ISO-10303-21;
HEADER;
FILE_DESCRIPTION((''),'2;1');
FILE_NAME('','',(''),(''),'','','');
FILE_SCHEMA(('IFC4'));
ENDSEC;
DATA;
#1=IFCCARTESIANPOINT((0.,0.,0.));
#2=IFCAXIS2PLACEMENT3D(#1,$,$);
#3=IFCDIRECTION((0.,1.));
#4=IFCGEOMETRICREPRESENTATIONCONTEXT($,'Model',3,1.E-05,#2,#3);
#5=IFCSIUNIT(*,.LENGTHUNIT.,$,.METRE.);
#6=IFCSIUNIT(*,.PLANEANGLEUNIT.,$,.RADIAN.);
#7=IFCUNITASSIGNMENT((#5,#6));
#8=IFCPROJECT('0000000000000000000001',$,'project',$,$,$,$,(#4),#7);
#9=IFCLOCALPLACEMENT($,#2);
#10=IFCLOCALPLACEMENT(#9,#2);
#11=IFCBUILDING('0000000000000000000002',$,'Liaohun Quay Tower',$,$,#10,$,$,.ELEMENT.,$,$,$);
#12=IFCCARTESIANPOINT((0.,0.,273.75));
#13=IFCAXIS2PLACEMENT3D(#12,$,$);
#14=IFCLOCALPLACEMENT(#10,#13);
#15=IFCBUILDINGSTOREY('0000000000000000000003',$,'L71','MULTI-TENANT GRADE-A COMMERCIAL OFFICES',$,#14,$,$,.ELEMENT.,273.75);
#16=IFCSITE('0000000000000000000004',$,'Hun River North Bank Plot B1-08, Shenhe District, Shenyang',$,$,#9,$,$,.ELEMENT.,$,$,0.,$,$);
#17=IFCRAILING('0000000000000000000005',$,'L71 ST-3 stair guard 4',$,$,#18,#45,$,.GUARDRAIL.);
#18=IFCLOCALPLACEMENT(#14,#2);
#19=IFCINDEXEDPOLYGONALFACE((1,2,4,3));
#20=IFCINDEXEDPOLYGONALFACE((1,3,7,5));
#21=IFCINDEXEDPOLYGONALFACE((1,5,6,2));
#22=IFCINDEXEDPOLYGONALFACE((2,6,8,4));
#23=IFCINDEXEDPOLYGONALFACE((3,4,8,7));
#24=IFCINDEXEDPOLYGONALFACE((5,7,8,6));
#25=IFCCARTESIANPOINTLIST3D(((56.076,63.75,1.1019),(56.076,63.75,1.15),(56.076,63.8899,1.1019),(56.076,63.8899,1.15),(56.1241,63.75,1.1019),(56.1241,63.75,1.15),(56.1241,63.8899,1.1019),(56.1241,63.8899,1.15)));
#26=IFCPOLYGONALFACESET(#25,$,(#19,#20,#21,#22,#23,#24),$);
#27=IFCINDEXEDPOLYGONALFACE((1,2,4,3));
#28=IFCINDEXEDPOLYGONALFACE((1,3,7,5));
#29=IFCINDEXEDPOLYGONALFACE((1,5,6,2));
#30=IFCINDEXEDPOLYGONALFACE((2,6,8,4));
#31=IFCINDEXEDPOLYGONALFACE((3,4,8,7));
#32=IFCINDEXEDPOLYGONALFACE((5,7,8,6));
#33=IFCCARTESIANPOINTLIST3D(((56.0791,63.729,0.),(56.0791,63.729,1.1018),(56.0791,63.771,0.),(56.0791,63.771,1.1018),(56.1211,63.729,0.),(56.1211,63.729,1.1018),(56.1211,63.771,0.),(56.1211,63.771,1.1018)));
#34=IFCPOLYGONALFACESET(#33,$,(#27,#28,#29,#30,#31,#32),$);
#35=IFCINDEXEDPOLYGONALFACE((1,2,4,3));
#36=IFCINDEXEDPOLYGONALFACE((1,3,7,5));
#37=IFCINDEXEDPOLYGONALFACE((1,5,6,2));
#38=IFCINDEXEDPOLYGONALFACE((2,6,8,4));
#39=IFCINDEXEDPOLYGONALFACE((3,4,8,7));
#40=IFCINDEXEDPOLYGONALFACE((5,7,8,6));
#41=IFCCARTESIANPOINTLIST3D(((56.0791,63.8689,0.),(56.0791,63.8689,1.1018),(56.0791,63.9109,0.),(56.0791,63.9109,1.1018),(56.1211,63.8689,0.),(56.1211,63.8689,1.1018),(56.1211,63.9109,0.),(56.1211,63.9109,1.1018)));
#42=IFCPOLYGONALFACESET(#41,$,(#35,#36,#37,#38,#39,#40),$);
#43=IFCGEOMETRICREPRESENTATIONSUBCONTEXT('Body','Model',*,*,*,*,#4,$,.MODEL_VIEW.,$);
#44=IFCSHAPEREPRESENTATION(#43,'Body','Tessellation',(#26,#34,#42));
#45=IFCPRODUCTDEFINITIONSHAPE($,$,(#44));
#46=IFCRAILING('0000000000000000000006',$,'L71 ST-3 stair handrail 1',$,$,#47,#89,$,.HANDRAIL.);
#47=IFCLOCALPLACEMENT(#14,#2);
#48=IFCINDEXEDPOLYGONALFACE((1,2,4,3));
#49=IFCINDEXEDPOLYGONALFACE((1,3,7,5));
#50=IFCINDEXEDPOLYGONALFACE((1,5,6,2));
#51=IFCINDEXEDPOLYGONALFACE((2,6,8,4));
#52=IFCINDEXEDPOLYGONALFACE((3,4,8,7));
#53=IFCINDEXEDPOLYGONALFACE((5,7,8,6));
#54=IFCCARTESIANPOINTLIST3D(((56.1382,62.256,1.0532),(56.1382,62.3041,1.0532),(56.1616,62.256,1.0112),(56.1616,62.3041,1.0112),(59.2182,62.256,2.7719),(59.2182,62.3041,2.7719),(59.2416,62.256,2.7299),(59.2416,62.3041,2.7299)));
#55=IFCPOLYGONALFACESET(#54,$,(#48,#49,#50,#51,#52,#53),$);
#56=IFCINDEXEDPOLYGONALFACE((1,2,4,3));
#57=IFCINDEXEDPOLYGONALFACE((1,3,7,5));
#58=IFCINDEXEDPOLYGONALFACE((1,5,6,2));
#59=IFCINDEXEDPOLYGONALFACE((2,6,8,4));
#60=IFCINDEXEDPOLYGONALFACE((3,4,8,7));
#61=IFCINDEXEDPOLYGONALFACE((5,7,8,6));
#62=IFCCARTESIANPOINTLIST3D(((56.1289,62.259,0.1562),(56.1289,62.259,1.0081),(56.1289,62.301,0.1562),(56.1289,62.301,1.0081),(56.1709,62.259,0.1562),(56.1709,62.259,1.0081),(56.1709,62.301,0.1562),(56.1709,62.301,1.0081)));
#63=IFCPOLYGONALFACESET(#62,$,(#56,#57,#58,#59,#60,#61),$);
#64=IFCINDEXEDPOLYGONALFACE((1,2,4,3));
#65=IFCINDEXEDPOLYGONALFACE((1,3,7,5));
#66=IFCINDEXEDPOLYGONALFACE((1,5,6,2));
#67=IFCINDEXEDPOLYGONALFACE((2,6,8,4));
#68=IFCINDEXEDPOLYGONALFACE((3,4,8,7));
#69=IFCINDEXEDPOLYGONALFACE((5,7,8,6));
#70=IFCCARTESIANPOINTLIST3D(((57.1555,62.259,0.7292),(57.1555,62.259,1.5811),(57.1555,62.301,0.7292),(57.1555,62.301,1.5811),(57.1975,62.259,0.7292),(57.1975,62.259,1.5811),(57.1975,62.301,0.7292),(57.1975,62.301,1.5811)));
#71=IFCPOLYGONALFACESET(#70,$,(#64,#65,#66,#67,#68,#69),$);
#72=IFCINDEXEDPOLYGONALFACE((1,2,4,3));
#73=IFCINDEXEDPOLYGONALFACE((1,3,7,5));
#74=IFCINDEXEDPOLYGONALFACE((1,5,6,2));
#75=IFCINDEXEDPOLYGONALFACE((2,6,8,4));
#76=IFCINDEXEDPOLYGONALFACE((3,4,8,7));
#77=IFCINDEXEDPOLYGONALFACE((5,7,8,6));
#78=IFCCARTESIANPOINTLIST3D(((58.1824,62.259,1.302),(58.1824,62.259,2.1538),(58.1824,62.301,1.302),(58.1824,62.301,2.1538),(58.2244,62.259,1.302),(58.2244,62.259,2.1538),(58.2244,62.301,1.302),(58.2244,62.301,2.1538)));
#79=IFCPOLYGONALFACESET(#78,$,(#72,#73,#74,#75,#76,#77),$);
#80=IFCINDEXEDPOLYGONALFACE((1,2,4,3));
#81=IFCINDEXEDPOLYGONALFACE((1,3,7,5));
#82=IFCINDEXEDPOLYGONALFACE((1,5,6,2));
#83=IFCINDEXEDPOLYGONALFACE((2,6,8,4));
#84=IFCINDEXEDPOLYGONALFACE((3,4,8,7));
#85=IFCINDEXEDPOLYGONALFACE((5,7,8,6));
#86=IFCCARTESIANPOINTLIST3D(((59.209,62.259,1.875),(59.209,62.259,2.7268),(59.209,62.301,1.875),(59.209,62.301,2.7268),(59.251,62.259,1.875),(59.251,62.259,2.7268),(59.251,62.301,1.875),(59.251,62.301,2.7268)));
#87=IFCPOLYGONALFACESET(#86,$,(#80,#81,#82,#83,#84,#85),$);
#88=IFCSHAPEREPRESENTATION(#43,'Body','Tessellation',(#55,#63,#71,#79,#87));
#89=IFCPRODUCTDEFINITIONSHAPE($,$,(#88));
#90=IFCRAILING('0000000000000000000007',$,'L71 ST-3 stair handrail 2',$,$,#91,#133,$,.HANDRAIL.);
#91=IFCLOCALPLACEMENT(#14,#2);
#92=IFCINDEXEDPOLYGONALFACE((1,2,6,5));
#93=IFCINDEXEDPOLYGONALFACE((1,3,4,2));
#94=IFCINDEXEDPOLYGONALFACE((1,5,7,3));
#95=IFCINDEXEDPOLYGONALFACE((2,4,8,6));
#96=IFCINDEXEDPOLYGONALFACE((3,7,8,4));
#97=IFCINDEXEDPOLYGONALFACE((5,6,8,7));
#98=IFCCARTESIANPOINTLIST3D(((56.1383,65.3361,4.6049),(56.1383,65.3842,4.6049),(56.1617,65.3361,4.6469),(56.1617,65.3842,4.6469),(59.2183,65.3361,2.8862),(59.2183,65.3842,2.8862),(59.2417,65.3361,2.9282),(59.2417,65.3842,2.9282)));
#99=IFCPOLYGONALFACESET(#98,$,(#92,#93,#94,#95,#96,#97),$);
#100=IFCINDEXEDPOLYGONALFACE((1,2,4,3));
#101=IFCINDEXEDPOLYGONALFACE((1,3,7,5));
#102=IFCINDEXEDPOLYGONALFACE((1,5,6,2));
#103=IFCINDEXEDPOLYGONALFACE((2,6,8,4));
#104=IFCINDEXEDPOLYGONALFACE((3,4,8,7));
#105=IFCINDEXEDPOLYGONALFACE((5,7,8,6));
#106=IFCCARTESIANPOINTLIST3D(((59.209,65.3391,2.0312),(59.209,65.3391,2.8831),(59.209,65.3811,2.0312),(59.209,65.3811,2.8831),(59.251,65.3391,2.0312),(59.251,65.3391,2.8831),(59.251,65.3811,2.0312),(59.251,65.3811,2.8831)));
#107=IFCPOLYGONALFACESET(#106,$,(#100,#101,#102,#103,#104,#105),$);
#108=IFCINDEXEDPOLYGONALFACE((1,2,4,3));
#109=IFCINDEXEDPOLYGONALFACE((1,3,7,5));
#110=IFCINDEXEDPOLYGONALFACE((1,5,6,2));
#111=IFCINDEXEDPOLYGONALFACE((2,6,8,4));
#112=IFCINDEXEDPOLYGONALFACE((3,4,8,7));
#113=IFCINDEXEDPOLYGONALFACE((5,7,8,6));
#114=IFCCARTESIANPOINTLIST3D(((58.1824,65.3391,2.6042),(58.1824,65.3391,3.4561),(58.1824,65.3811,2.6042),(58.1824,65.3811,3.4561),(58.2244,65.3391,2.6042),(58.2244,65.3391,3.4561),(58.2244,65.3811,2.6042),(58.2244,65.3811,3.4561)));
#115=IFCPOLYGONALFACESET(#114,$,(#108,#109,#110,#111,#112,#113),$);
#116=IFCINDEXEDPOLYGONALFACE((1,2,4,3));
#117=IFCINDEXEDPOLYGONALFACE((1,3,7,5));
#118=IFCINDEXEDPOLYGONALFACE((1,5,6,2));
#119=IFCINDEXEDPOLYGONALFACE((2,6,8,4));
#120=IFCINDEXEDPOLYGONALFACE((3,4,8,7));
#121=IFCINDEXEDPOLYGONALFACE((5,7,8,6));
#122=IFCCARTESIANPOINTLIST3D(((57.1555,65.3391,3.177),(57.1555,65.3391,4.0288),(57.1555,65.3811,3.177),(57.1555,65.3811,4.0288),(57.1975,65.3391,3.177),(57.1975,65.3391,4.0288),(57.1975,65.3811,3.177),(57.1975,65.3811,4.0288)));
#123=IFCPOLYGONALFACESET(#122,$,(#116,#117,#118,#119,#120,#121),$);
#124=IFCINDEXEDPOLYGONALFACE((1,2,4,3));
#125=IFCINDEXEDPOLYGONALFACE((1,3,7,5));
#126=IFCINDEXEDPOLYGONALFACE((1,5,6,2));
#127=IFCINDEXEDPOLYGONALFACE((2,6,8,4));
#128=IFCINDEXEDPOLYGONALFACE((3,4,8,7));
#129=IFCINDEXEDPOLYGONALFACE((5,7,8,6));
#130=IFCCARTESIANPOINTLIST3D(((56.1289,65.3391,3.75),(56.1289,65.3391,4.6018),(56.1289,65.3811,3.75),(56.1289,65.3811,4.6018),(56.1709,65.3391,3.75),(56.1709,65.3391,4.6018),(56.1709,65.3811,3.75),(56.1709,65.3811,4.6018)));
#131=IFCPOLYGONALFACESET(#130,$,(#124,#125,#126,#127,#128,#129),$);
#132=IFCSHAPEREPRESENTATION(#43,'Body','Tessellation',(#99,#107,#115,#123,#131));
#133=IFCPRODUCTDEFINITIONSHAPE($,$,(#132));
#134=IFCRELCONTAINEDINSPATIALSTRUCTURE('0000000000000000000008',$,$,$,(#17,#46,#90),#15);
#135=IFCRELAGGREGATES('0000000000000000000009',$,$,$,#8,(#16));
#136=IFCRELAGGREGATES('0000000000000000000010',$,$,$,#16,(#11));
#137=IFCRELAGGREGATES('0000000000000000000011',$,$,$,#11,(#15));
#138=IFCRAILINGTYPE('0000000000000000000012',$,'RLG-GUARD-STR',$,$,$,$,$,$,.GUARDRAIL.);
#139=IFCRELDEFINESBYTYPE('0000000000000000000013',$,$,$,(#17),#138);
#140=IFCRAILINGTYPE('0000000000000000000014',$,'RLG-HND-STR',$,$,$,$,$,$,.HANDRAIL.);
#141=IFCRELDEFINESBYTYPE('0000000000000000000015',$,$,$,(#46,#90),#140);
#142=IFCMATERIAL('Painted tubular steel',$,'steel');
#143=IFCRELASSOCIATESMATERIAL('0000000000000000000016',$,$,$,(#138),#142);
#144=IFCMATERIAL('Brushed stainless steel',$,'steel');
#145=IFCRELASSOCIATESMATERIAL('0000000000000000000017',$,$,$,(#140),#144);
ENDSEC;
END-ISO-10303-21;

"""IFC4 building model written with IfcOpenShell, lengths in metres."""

from ifc_helpers import new_model, si_unit, direction, frame, origin, origin_2d, place, context, subcontext, project, spatial, rectangle, extrude, material, type_object, element, save


model = new_model("IFC4")

# Units and contexts
model_context = context("Model", 3, precision=1e-05, world=origin(), true_north=direction((0.0, 1.0)))
body_context = subcontext(model_context, "Body", "Model", "MODEL_VIEW")
ifc_project = project(units=[si_unit("LENGTHUNIT", "METRE"), si_unit("PLANEANGLEUNIT", "RADIAN")], contexts=[model_context])

# Site, building, storey
site_placement = place(None, origin())
site = spatial("IfcSite", under=ifc_project, at=site_placement, Name="Hun River North Bank Plot B1-08, Shenhe District, Shenyang", CompositionType="ELEMENT", RefElevation=0.0)
building_placement = place(site_placement, origin())
building = spatial("IfcBuilding", under=site, at=building_placement, Name="Liaohun Quay Tower", CompositionType="ELEMENT")
storey_placement = place(building_placement, frame((0.0, 0.0, 273.75)))
storey = spatial("IfcBuildingStorey", under=building, at=storey_placement, Name="L71", Description="MULTI-TENANT GRADE-A COMMERCIAL OFFICES", CompositionType="ELEMENT", Elevation=273.75)

# Railings
ifc_material_1 = material(Name="Painted tubular steel", Category="steel")
railing_type_1 = type_object("IfcRailingType", Name="RLG-GUARD-STR", PredefinedType="GUARDRAIL", material=ifc_material_1)
railing_1_placement = place(storey_placement, frame((56.1001, 63.75, 0.0)))
element("IfcRailing", 1, at=railing_1_placement, inside=storey, type_object=railing_type_1, Name="L71 ST-3 stair guard 4", PredefinedType="GUARDRAIL", context=body_context, shape_type="SweptSolid", body=[
    extrude(rectangle(XDim=0.0481, YDim=0.0481, at=origin_2d()), frame((0.0, 0.0, 1.126), z_axis=(0.0, 1.0, 0.0), x_axis=(-1.0, 0.0, 0.0)), (0.0, 0.0, 1.0), 0.1399),
    extrude(rectangle(XDim=0.042, YDim=0.042, at=origin_2d()), origin(), (0.0, 0.0, 1.0), 1.1018),
    extrude(rectangle(XDim=0.042, YDim=0.042, at=origin_2d()), frame((0.0, 0.1399, 0.0)), (0.0, 0.0, 1.0), 1.1018),
])
ifc_material_2 = material(Name="Brushed stainless steel", Category="steel")
railing_type_2 = type_object("IfcRailingType", Name="RLG-HND-STR", PredefinedType="HANDRAIL", material=ifc_material_2)
railing_2_placement = place(storey_placement, frame((56.1499, 62.28, 0.1562)))
element("IfcRailing", 2, at=railing_2_placement, inside=storey, type_object=railing_type_2, Name="L71 ST-3 stair handrail 1", PredefinedType="HANDRAIL", context=body_context, shape_type="SweptSolid", body=[
    extrude(rectangle(XDim=0.0481, YDim=0.0481, at=origin_2d()), frame((0.0, 0.0, 0.876), z_axis=(0.873242, 0.0, 0.487288), x_axis=(0.0, 1.0, 0.0)), (0.0, 0.0, 1.0), 3.5271),
    extrude(rectangle(XDim=0.042, YDim=0.042, at=origin_2d()), origin(), (0.0, 0.0, 1.0), 0.8518),
    extrude(rectangle(XDim=0.042, YDim=0.042, at=origin_2d()), frame((1.0266, 0.0, 0.573)), (0.0, 0.0, 1.0), 0.8518),
    extrude(rectangle(XDim=0.042, YDim=0.042, at=origin_2d()), frame((2.0535, 0.0, 1.1458)), (0.0, 0.0, 1.0), 0.8518),
    extrude(rectangle(XDim=0.042, YDim=0.042, at=origin_2d()), frame((3.0801, 0.0, 1.7188)), (0.0, 0.0, 1.0), 0.8518),
])
railing_3_placement = place(storey_placement, frame((59.23, 65.3601, 2.0312)))
element("IfcRailing", 3, at=railing_3_placement, inside=storey, type_object=railing_type_2, Name="L71 ST-3 stair handrail 2", PredefinedType="HANDRAIL", context=body_context, shape_type="SweptSolid", body=[
    extrude(rectangle(XDim=0.0481, YDim=0.0481, at=origin_2d()), frame((0.0, 0.0, 0.876), z_axis=(-0.873242, 0.0, 0.487288), x_axis=(0.0, -1.0, 0.0)), (0.0, 0.0, 1.0), 3.5271),
    extrude(rectangle(XDim=0.042, YDim=0.042, at=origin_2d()), origin(), (0.0, 0.0, 1.0), 0.8518),
    extrude(rectangle(XDim=0.042, YDim=0.042, at=origin_2d()), frame((-1.0266, 0.0, 0.573)), (0.0, 0.0, 1.0), 0.8518),
    extrude(rectangle(XDim=0.042, YDim=0.042, at=origin_2d()), frame((-2.0535, 0.0, 1.1458)), (0.0, 0.0, 1.0), 0.8518),
    extrude(rectangle(XDim=0.042, YDim=0.042, at=origin_2d()), frame((-3.0801, 0.0, 1.7188)), (0.0, 0.0, 1.0), 0.8518),
])

save(model, "model.ifc")
